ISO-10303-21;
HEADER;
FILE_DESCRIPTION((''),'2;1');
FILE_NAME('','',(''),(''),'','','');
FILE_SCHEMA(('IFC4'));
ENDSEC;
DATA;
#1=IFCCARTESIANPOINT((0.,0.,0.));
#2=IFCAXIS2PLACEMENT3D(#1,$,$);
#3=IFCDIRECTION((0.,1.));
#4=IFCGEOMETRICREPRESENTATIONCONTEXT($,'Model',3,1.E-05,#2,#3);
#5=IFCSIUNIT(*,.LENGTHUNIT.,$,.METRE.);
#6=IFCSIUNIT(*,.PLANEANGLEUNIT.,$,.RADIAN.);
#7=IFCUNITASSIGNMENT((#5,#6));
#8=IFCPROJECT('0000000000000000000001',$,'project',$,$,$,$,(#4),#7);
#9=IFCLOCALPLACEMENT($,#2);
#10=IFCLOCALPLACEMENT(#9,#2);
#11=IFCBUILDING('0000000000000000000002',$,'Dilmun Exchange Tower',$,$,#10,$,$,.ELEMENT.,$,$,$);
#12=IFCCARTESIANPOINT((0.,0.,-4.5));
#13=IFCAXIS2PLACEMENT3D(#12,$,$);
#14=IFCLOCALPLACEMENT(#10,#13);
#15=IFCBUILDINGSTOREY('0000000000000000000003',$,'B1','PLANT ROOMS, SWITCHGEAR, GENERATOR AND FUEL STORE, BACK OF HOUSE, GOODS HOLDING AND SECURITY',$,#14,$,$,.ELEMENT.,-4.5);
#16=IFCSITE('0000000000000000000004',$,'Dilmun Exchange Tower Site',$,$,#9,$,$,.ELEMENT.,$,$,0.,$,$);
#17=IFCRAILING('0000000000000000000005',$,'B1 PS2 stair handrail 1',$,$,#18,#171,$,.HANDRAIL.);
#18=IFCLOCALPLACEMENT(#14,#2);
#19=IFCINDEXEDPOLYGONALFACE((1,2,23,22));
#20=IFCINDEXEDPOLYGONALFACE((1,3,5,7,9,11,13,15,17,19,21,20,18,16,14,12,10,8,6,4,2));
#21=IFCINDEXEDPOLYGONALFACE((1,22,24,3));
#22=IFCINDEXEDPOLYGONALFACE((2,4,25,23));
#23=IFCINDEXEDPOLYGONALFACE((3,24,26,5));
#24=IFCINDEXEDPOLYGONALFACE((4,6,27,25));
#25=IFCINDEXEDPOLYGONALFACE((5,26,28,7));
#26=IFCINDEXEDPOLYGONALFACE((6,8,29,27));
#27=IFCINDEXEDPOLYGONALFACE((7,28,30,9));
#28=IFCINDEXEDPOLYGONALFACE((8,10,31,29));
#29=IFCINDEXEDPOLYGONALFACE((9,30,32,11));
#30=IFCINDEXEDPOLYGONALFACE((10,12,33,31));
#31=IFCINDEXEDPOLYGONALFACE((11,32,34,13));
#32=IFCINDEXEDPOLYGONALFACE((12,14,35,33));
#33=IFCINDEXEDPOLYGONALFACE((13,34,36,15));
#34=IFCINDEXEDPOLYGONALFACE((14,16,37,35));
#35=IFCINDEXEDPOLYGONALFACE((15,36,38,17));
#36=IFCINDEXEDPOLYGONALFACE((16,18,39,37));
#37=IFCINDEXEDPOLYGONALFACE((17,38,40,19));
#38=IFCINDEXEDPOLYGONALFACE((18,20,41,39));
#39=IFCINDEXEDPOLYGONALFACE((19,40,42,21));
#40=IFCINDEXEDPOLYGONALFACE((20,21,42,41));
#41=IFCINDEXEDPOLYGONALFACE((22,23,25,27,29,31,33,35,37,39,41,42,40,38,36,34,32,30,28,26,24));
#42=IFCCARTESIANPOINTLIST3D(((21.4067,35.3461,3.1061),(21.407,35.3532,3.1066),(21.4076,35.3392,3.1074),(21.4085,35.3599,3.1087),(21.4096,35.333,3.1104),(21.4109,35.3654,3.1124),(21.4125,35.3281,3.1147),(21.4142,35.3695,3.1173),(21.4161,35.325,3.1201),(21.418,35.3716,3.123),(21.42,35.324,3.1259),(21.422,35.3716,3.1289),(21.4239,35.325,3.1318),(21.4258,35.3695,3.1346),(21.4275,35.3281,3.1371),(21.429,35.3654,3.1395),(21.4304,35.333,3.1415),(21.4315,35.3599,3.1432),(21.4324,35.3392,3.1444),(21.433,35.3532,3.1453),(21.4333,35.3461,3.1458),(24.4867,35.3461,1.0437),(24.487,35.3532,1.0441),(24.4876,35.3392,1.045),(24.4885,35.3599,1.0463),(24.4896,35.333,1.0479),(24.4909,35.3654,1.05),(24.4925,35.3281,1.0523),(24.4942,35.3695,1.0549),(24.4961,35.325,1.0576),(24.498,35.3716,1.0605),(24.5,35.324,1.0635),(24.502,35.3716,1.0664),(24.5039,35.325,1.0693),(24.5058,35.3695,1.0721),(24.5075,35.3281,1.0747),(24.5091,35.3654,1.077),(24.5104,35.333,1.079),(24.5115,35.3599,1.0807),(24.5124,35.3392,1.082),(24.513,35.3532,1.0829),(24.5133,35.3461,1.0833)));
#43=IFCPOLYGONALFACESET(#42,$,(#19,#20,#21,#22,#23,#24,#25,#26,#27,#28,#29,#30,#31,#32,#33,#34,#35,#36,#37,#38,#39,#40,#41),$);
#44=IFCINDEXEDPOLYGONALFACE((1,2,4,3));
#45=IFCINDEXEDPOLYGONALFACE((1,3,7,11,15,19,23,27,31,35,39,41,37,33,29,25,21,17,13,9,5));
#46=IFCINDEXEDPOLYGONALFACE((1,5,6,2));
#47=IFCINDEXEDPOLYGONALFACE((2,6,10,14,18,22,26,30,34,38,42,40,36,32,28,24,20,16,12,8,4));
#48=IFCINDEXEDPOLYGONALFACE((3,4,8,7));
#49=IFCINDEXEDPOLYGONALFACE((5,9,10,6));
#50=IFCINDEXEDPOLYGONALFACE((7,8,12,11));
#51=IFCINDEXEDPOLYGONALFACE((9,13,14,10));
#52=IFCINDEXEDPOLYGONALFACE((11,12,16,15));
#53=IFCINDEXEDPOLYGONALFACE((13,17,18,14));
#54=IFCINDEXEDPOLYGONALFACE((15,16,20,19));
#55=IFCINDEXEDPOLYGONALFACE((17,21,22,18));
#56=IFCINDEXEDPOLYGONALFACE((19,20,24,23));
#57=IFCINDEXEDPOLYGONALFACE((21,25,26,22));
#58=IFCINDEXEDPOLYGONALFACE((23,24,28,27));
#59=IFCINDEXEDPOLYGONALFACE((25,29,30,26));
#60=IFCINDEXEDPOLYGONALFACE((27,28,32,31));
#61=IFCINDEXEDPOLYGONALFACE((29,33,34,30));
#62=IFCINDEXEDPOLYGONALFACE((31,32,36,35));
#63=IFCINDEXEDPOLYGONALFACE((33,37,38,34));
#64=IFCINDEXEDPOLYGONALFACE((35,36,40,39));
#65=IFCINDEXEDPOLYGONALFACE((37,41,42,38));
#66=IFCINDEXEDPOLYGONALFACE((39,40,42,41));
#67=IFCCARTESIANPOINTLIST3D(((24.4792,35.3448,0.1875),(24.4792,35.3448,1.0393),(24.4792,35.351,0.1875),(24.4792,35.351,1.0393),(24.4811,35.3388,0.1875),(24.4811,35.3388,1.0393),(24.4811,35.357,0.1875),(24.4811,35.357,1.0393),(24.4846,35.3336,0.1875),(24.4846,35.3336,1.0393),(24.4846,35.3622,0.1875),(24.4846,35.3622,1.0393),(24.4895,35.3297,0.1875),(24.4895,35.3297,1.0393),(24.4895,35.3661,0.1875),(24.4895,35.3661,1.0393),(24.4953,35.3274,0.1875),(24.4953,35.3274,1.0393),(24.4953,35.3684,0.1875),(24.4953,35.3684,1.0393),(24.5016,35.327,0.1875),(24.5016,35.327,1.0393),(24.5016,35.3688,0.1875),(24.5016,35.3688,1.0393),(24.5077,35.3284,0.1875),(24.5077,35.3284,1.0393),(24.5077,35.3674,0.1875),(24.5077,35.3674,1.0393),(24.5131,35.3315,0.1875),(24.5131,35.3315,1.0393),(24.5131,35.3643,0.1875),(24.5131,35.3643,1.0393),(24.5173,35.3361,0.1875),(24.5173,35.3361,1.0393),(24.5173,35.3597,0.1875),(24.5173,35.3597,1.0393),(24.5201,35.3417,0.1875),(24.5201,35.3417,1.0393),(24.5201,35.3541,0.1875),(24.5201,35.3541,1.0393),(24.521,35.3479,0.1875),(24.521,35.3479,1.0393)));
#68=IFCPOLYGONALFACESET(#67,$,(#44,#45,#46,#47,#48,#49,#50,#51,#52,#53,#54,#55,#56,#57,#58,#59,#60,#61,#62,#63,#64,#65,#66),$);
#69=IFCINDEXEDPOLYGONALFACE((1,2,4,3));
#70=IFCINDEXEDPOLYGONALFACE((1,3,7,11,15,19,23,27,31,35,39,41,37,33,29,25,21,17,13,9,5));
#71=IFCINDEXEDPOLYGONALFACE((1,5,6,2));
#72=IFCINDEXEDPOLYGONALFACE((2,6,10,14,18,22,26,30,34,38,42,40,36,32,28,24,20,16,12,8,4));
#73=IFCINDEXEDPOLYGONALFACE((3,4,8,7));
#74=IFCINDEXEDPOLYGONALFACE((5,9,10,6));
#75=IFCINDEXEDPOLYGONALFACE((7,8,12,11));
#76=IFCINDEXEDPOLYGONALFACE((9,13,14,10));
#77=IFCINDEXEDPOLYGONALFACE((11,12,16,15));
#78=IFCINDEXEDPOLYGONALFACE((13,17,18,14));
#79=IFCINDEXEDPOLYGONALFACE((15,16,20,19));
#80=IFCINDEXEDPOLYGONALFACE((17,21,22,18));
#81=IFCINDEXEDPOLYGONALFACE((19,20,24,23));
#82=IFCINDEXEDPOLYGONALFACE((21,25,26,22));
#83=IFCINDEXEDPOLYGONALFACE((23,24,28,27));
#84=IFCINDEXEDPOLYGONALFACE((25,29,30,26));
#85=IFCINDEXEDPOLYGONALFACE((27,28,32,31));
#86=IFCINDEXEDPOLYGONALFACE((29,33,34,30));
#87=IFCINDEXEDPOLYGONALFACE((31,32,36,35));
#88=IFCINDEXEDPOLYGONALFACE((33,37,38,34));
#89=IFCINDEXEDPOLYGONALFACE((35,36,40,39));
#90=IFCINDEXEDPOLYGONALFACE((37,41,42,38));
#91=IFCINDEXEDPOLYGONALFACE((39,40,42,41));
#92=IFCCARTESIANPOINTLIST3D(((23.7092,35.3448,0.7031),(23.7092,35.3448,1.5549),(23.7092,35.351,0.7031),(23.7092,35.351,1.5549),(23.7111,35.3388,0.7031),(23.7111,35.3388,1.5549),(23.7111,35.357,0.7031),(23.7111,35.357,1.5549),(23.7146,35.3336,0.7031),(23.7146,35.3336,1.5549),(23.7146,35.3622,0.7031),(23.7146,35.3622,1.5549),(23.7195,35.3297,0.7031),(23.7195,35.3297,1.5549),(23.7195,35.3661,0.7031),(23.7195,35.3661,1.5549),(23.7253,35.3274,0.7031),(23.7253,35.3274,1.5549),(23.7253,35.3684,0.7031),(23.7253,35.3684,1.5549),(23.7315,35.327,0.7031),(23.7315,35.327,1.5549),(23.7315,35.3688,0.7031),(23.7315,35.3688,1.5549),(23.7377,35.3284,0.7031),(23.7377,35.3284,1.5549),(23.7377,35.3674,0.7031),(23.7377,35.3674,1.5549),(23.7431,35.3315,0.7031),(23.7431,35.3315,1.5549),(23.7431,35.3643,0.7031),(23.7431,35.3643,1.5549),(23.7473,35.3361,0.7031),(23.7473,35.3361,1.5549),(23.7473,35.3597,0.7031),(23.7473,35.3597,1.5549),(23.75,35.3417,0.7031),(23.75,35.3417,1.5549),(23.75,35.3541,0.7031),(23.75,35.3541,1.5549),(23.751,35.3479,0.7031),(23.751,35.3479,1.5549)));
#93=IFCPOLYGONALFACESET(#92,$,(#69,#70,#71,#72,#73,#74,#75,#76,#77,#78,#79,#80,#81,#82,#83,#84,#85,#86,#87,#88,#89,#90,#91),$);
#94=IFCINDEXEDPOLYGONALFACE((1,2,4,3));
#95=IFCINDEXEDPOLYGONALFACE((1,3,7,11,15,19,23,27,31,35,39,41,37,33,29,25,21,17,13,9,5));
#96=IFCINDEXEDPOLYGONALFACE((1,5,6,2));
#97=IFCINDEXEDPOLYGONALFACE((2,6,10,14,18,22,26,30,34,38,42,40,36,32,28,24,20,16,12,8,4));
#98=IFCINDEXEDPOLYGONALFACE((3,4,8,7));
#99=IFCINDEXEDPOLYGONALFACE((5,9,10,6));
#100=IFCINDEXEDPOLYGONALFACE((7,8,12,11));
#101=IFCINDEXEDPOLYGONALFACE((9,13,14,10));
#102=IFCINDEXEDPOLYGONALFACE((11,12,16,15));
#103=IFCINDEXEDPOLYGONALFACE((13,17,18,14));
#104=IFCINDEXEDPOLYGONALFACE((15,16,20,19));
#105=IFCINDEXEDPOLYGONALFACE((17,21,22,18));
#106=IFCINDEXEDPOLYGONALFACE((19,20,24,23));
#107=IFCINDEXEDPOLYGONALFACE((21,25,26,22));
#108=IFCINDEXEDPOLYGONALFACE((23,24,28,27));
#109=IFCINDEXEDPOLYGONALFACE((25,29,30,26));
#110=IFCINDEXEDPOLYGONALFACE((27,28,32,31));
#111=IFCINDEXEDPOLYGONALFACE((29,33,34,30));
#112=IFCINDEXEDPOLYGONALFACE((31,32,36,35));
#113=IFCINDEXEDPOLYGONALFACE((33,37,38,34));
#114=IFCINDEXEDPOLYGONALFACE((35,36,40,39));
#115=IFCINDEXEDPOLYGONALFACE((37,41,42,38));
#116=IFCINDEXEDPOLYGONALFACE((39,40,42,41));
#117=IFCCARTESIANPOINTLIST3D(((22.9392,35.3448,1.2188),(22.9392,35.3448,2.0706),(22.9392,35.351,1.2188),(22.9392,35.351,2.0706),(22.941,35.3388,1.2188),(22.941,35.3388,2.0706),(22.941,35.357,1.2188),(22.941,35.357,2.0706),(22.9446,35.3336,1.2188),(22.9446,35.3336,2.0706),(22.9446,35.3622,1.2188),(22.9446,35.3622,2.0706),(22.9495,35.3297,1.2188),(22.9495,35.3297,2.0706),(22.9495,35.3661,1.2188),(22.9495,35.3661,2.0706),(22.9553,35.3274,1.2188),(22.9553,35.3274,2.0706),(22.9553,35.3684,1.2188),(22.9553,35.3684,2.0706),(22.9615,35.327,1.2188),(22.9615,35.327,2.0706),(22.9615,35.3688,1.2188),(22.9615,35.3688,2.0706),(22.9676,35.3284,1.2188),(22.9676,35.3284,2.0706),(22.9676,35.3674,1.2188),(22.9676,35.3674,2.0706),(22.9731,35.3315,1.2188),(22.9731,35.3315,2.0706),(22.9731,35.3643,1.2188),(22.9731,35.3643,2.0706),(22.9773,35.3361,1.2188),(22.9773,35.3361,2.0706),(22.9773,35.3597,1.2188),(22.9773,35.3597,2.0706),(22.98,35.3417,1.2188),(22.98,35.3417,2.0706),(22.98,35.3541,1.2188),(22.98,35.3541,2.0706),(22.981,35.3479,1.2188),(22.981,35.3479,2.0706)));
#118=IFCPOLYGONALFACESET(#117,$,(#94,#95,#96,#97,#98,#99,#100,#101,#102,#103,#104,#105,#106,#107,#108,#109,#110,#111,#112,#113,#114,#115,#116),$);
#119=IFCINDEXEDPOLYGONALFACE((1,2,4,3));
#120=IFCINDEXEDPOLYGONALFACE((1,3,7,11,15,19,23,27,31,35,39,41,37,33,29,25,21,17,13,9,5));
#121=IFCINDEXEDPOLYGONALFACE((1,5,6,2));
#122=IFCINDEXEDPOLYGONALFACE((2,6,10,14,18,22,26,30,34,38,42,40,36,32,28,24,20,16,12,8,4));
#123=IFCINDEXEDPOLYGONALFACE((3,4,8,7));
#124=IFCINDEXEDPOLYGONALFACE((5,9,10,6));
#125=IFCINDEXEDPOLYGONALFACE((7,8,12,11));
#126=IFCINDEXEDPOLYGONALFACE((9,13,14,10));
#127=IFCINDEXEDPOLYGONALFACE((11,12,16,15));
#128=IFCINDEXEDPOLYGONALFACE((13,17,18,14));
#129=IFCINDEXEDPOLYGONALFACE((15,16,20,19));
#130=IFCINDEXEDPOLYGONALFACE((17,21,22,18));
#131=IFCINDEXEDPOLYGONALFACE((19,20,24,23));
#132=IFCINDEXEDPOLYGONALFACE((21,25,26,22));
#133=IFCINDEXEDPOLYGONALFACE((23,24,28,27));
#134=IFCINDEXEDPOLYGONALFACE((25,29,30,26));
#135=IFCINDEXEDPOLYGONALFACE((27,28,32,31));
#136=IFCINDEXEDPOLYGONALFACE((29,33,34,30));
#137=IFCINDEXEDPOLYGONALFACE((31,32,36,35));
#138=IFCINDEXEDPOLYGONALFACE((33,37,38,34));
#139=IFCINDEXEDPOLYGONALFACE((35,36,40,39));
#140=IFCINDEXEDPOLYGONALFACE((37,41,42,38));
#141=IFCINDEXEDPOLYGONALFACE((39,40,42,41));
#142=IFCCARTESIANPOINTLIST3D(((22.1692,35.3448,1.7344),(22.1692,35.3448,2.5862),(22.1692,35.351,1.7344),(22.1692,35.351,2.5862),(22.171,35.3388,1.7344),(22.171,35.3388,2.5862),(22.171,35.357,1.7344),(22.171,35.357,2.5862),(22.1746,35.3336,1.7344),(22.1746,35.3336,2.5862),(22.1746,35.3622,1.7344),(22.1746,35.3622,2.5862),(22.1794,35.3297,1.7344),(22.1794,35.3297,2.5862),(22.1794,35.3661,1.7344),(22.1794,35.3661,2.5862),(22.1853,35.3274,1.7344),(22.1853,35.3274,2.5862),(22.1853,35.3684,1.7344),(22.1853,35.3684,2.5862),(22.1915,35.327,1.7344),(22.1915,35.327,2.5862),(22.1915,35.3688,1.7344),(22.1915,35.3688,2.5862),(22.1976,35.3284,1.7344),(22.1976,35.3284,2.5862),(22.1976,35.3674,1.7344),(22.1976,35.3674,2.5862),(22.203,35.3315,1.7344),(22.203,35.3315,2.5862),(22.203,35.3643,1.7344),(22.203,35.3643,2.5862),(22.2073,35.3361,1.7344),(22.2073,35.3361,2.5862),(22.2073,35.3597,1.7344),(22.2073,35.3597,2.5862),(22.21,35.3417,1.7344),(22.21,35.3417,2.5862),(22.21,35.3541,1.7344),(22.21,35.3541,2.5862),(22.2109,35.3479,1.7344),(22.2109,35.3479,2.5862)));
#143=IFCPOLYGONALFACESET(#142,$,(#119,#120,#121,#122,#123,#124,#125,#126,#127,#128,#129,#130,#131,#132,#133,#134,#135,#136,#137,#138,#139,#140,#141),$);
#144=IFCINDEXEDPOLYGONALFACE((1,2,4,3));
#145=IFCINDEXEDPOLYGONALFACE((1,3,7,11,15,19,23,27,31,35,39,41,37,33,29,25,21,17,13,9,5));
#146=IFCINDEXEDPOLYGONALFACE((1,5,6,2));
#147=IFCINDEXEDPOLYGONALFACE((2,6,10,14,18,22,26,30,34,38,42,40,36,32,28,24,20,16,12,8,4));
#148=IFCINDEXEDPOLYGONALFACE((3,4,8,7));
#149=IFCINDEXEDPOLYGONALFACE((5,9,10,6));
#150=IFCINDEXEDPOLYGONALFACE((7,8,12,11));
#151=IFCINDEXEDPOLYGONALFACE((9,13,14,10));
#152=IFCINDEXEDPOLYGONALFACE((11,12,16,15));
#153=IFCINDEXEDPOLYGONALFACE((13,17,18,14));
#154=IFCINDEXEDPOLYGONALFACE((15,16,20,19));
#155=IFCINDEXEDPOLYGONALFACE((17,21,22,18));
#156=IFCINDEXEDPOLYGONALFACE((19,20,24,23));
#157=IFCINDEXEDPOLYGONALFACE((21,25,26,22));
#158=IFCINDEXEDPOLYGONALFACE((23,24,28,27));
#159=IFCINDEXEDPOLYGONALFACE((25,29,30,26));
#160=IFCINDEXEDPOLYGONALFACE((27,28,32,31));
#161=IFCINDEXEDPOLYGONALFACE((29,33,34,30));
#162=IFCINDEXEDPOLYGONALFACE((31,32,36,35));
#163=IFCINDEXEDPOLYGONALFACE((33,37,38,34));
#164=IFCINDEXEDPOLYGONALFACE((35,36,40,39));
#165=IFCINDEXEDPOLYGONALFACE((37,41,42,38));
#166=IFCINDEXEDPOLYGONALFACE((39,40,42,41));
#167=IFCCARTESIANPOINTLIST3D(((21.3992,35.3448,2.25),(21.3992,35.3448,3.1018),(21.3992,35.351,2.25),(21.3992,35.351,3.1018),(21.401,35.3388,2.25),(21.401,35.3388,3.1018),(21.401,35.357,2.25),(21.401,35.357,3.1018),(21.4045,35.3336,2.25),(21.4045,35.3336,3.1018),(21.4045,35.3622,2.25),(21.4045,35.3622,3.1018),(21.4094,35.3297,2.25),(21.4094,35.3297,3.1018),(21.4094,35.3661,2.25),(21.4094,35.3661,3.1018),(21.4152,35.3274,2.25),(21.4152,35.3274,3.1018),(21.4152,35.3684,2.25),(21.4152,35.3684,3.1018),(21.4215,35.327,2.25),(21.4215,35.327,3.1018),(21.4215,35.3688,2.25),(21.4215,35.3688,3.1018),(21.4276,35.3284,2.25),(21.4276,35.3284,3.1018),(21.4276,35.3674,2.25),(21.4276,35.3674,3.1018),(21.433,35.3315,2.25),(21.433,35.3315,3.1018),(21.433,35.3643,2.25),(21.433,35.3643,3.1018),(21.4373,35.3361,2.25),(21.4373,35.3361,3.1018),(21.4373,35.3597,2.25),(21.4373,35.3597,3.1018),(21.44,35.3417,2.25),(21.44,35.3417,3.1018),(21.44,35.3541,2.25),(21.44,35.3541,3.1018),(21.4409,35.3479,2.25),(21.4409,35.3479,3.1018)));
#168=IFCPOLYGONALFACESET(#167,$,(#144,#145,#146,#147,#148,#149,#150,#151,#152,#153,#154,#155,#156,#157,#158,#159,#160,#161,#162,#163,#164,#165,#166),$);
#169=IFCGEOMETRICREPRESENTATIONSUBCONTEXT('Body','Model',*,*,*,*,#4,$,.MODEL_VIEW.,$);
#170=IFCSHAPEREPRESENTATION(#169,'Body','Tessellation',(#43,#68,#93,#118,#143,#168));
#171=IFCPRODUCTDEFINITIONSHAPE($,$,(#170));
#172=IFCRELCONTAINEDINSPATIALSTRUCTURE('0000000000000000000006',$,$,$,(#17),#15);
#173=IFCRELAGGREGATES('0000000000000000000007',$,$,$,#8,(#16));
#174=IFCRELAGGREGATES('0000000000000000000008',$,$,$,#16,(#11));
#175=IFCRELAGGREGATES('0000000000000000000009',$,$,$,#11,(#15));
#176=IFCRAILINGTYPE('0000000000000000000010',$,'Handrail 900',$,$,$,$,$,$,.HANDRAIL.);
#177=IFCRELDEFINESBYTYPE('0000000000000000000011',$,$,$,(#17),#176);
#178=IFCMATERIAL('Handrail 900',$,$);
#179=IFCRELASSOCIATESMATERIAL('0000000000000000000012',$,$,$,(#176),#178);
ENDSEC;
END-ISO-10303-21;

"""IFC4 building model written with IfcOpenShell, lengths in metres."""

from ifc_helpers import new_model, si_unit, direction, frame, origin, origin_2d, place, context, subcontext, project, spatial, circle, extrude, material, type_object, element, save


model = new_model("IFC4")

# Units and contexts
model_context = context("Model", 3, precision=1e-05, world=origin(), true_north=direction((0.0, 1.0)))
body_context = subcontext(model_context, "Body", "Model", "MODEL_VIEW")
ifc_project = project(units=[si_unit("LENGTHUNIT", "METRE"), si_unit("PLANEANGLEUNIT", "RADIAN")], contexts=[model_context])

# Site, building, storey
site_placement = place(None, origin())
site = spatial("IfcSite", under=ifc_project, at=site_placement, Name="Dilmun Exchange Tower Site", CompositionType="ELEMENT", RefElevation=0.0)
building_placement = place(site_placement, origin())
building = spatial("IfcBuilding", under=site, at=building_placement, Name="Dilmun Exchange Tower", CompositionType="ELEMENT")
storey_placement = place(building_placement, frame((0.0, 0.0, -4.5)))
storey = spatial("IfcBuildingStorey", under=building, at=storey_placement, Name="B1", Description="PLANT ROOMS, SWITCHGEAR, GENERATOR AND FUEL STORE, BACK OF HOUSE, GOODS HOLDING AND SECURITY", CompositionType="ELEMENT", Elevation=-4.5)

# Railing
ifc_material_1 = material(Name="Handrail 900")
railing_type_1 = type_object("IfcRailingType", Name="Handrail 900", PredefinedType="HANDRAIL", material=ifc_material_1)
railing_1_placement = place(storey_placement, frame((24.5, 35.3479, 0.1875)))
element("IfcRailing", 1, at=railing_1_placement, inside=storey, type_object=railing_type_1, Name="B1 PS2 stair handrail 1", PredefinedType="HANDRAIL", context=body_context, shape_type="SweptSolid", body=[
    extrude(circle(Radius=0.0239, at=origin_2d()), frame((0.0, 0.0, 0.876), z_axis=(-0.830914, 0.0, 0.556401), x_axis=(0.0, -1.0, 0.0)), (0.0, 0.0, 1.0), 3.7068),
    extrude(circle(Radius=0.021, at=origin_2d()), origin(), (0.0, 0.0, 1.0), 0.8518),
    extrude(circle(Radius=0.021, at=origin_2d()), frame((-0.77, 0.0, 0.5156)), (0.0, 0.0, 1.0), 0.8518),
    extrude(circle(Radius=0.021, at=origin_2d()), frame((-1.54, 0.0, 1.0312)), (0.0, 0.0, 1.0), 0.8518),
    extrude(circle(Radius=0.021, at=origin_2d()), frame((-2.3101, 0.0, 1.5469)), (0.0, 0.0, 1.0), 0.8518),
    extrude(circle(Radius=0.021, at=origin_2d()), frame((-3.0801, 0.0, 2.0625)), (0.0, 0.0, 1.0), 0.8518),
])

save(model, "model.ifc")
